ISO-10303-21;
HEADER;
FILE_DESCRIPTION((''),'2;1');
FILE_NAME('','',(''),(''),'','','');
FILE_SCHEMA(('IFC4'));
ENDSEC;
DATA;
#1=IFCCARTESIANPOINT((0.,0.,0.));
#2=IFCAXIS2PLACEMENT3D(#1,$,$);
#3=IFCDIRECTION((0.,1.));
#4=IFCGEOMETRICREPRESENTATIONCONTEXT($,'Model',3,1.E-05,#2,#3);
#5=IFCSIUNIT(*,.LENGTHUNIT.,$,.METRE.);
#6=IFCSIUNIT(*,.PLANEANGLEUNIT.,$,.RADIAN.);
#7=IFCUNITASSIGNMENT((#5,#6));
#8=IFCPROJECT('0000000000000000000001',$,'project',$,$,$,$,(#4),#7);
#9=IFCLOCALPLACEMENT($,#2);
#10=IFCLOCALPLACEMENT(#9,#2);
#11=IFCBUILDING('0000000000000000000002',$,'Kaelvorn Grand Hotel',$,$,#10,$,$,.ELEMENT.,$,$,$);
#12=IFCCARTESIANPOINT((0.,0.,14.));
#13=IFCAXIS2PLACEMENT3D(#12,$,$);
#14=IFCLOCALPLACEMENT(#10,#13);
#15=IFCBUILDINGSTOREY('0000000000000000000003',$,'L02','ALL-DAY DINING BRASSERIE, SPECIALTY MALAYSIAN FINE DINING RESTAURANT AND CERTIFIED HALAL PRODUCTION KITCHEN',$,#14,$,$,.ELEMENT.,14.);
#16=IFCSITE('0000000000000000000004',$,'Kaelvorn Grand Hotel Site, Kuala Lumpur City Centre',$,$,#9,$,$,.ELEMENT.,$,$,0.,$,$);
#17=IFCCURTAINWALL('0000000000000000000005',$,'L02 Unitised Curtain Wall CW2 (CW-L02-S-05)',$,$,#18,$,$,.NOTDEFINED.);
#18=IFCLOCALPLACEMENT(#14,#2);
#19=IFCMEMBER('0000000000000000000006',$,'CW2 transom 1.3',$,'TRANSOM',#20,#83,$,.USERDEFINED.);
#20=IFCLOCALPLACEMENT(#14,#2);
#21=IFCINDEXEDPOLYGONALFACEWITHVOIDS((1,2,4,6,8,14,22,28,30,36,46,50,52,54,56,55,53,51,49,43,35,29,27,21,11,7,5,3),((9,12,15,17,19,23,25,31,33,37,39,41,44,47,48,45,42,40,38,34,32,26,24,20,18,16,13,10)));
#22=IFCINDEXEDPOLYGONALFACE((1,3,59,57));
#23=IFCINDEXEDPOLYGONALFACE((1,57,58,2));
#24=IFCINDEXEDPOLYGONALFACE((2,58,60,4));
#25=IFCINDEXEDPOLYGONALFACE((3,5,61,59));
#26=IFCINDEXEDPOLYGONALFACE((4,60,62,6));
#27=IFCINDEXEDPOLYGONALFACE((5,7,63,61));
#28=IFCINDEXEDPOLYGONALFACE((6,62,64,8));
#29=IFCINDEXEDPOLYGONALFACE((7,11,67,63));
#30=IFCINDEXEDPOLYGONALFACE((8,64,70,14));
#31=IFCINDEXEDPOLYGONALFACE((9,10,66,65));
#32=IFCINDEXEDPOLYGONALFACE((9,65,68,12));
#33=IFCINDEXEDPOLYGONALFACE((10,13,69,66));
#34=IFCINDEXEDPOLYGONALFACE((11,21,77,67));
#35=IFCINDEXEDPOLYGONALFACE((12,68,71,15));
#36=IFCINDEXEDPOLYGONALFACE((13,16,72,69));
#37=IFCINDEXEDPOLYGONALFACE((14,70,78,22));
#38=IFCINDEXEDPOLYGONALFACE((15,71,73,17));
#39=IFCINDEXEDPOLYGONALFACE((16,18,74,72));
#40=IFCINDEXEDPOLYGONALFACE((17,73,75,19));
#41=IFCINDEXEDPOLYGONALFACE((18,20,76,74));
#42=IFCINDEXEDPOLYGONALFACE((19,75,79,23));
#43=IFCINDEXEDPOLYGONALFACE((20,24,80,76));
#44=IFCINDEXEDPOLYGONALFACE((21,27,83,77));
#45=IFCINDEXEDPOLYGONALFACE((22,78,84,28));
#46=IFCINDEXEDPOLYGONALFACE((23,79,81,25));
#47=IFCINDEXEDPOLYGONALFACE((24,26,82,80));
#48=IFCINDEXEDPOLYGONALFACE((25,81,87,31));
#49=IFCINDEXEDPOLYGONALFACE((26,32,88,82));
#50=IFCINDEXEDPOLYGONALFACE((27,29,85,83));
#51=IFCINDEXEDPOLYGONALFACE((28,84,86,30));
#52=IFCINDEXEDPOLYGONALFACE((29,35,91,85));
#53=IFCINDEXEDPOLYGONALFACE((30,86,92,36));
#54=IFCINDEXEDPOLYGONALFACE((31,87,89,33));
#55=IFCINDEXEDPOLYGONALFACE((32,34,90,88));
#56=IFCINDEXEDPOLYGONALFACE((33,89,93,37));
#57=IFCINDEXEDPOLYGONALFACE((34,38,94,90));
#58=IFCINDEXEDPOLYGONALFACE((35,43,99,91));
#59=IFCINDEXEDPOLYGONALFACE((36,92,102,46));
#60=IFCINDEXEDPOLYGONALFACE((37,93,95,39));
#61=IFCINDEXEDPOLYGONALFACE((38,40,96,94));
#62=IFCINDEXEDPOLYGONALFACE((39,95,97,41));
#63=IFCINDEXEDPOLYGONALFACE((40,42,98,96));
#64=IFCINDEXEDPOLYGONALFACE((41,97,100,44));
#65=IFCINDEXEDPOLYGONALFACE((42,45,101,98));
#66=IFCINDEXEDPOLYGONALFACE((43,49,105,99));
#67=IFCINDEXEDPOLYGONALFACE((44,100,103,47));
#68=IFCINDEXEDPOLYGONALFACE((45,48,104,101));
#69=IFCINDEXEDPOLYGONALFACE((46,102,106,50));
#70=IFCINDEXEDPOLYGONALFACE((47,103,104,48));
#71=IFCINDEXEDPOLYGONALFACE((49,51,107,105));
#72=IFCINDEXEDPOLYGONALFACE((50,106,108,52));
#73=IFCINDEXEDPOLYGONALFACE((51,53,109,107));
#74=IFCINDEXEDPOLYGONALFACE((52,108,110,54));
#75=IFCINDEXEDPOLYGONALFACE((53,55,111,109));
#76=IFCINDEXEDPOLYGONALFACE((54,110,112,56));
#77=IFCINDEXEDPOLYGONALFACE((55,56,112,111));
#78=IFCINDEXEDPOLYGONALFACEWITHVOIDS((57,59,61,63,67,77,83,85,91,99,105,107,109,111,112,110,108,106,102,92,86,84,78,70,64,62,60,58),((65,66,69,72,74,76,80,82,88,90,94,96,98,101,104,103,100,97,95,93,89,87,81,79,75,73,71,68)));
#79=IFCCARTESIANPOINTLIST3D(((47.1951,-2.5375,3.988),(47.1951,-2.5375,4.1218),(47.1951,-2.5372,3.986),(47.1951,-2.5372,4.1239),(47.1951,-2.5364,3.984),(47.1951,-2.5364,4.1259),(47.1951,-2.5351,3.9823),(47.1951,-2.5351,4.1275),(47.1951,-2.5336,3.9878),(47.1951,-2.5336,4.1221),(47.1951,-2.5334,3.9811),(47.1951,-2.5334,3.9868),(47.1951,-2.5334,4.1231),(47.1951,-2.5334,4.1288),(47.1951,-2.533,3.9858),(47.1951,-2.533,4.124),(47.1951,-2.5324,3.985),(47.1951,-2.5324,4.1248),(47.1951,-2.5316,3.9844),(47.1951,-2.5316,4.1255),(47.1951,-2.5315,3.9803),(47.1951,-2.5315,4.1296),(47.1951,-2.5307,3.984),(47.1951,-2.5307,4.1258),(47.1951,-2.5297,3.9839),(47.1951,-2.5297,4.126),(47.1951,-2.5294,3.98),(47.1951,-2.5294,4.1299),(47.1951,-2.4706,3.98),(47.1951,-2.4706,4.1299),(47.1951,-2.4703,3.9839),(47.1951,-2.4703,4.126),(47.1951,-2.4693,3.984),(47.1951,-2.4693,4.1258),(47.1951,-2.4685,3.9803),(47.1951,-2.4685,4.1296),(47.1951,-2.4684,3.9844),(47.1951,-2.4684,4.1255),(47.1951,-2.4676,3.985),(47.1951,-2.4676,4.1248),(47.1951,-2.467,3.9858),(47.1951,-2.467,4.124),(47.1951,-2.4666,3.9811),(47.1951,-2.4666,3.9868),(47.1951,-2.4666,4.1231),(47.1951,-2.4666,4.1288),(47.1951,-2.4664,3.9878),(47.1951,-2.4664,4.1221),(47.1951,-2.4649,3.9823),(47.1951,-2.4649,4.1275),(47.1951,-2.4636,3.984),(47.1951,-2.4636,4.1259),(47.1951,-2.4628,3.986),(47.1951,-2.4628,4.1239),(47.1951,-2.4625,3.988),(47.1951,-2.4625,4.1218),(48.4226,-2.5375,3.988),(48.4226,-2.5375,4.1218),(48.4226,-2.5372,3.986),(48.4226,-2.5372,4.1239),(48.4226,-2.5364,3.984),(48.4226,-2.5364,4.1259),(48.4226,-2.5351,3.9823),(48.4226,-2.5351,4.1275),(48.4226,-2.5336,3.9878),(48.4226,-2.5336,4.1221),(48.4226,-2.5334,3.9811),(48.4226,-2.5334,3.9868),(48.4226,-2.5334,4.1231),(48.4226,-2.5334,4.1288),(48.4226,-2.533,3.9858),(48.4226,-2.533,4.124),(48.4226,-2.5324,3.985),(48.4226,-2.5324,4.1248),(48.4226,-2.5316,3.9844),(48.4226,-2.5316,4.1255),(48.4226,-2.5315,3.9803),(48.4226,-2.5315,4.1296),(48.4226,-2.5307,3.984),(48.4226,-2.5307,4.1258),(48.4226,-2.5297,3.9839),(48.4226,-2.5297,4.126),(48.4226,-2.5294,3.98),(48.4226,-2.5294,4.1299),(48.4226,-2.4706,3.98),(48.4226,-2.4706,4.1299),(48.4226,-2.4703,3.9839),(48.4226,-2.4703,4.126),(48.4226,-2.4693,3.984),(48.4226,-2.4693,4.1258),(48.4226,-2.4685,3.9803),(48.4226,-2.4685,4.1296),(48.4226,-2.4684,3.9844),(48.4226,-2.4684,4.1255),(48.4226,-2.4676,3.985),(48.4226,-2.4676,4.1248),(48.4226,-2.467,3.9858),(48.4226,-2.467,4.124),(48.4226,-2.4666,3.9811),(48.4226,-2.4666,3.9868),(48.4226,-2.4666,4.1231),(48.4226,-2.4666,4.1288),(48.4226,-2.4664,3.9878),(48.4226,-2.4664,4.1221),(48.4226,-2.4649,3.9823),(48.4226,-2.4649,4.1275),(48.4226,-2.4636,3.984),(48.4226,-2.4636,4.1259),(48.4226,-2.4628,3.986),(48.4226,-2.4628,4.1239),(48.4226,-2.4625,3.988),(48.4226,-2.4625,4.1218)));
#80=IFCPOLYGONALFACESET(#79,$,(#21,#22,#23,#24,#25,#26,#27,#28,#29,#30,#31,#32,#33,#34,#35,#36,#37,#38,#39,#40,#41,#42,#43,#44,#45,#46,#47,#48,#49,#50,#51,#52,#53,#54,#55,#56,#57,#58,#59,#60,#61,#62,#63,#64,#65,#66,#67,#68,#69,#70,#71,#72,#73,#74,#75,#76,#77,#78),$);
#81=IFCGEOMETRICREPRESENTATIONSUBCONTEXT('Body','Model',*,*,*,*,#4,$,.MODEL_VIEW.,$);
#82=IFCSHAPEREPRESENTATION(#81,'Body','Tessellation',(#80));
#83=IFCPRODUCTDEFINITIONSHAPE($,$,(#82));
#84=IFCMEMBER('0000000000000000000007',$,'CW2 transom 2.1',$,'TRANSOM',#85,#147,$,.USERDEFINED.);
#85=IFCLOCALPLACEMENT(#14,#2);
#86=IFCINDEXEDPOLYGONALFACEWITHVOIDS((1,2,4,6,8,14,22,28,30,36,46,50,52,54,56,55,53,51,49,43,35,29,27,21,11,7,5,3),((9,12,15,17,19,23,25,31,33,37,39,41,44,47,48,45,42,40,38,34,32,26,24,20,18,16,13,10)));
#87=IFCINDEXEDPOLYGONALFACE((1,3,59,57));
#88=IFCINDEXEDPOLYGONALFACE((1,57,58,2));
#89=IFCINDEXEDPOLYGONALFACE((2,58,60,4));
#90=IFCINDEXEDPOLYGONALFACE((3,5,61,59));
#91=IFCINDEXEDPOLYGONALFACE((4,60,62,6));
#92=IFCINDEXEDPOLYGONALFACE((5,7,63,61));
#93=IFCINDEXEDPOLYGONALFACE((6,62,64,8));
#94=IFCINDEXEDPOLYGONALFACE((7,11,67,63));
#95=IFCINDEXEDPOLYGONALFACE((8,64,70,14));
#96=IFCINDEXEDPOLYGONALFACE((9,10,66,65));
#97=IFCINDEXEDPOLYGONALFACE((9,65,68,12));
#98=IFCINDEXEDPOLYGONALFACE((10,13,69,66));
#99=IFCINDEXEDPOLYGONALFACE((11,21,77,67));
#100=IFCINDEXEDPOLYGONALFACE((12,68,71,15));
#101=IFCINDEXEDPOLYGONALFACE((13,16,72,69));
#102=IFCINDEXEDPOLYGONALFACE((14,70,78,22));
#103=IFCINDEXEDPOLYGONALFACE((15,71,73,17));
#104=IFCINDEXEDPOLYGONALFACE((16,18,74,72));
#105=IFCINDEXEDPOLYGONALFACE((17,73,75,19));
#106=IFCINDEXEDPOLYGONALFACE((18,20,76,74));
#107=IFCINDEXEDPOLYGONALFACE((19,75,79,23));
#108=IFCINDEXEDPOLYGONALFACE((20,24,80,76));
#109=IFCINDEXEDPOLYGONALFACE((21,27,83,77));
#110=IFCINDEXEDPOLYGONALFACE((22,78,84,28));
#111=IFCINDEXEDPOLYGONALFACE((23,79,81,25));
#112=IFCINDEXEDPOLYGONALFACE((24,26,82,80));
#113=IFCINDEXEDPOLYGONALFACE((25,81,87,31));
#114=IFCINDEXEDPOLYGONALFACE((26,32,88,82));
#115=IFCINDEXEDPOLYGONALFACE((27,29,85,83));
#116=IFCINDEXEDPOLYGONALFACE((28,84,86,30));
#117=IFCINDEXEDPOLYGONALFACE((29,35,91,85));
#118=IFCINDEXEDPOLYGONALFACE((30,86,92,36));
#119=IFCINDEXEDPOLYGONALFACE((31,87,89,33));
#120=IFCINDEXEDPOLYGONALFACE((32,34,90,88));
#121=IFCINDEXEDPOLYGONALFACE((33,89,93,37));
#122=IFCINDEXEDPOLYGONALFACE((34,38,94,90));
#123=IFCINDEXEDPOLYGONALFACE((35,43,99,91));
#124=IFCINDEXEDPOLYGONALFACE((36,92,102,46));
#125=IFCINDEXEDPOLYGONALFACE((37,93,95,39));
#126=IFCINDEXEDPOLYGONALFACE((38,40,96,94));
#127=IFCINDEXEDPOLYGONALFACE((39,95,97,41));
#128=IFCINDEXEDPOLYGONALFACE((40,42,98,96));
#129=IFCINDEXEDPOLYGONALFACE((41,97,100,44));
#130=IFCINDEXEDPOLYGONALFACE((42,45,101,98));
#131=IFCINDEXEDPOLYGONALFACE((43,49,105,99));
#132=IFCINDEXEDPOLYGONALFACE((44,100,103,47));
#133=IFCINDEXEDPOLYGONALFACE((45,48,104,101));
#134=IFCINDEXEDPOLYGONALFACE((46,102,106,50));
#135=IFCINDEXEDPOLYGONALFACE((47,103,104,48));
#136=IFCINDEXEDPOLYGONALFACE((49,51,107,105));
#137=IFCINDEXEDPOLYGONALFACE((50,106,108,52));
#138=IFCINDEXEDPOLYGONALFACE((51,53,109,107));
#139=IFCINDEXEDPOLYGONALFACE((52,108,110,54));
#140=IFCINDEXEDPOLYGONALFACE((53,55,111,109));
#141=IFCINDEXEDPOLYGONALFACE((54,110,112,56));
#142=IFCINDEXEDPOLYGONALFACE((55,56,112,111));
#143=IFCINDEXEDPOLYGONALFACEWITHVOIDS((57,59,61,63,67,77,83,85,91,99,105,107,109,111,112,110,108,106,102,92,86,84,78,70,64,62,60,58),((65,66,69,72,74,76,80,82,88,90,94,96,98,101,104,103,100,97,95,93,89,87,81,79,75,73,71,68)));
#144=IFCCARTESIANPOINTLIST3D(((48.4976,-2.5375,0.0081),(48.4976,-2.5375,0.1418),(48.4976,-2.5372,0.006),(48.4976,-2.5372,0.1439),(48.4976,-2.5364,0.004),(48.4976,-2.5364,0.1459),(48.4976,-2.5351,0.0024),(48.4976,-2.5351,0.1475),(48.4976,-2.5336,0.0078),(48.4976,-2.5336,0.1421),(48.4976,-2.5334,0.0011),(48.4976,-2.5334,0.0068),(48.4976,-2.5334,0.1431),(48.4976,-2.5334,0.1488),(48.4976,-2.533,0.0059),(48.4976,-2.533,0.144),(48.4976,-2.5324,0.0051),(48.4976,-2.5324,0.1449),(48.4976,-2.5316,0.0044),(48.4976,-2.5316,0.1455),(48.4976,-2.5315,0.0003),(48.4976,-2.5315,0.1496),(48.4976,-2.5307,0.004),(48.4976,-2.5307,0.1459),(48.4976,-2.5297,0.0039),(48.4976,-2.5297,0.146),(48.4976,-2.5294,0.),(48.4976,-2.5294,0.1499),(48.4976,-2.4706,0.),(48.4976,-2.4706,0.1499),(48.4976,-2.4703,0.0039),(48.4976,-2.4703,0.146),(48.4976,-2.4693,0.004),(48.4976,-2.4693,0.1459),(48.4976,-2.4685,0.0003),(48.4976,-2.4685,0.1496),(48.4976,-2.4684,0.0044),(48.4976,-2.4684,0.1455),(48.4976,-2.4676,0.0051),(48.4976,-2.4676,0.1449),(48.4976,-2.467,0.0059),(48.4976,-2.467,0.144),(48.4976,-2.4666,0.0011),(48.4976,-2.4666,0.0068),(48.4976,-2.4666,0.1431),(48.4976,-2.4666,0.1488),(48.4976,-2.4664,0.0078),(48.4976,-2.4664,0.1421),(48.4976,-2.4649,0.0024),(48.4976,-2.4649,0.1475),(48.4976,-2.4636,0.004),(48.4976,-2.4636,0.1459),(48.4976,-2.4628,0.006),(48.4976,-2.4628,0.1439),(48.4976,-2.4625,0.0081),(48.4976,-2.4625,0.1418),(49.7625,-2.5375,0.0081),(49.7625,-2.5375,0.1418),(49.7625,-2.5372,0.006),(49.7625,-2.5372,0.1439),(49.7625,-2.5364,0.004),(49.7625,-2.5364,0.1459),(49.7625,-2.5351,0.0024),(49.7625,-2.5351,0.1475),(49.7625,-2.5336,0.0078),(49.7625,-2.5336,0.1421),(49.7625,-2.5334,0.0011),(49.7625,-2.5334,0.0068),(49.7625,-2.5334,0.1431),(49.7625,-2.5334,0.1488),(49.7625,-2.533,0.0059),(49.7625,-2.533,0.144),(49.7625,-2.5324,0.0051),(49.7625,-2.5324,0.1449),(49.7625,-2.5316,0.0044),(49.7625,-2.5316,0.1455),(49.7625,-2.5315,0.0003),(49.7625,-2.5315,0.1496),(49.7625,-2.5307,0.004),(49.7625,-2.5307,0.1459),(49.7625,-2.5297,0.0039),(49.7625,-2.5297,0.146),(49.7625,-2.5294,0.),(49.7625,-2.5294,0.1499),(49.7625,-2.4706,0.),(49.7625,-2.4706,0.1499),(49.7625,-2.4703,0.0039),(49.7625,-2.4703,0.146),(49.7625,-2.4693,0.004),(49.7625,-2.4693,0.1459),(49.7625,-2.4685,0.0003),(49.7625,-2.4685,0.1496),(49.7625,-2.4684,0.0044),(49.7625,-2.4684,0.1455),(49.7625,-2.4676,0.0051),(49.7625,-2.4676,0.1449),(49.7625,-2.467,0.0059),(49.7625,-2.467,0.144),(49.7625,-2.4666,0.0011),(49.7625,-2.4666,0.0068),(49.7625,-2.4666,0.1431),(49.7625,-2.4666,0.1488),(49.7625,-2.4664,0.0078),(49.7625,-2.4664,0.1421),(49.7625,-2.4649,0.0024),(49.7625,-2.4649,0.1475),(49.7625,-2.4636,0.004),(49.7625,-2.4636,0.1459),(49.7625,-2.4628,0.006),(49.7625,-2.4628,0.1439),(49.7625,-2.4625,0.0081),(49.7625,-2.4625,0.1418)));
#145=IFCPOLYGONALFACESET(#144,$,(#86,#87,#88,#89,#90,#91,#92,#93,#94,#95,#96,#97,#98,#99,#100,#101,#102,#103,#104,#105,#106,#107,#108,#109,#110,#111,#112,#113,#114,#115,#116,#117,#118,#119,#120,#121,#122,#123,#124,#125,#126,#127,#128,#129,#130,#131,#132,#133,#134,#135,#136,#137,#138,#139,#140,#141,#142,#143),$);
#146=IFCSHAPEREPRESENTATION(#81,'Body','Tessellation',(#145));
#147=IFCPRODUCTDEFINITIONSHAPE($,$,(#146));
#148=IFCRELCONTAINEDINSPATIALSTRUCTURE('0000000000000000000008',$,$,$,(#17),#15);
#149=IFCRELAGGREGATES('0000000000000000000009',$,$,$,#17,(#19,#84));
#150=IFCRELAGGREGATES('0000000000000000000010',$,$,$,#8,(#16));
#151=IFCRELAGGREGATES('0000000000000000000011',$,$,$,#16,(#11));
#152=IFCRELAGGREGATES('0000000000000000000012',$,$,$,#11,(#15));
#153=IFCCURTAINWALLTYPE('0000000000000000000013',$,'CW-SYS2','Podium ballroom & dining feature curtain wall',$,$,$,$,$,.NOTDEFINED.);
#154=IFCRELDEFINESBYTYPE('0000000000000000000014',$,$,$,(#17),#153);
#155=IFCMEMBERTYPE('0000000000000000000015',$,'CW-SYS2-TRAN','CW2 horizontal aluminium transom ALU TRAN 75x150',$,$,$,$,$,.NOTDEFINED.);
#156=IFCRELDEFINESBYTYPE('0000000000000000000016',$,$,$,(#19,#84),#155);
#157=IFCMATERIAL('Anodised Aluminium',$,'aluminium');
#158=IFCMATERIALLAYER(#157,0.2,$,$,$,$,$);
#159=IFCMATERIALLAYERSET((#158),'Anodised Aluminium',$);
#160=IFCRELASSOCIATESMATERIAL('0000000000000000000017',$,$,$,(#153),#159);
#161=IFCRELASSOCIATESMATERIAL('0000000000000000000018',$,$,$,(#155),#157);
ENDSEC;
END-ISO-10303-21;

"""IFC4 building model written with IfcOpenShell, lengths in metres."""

from ifc_helpers import new_model, si_unit, direction, frame, origin, origin_2d, place, context, subcontext, project, spatial, hollow_rectangle, extrude, material, layer, layer_set, material_profile, profile_set, type_object, element, aggregate, save


model = new_model("IFC4")

# Units and contexts
model_context = context("Model", 3, precision=1e-05, world=origin(), true_north=direction((0.0, 1.0)))
body_context = subcontext(model_context, "Body", "Model", "MODEL_VIEW")
ifc_project = project(units=[si_unit("LENGTHUNIT", "METRE"), si_unit("PLANEANGLEUNIT", "RADIAN")], contexts=[model_context])

# Site, building, storey
site_placement = place(None, origin())
site = spatial("IfcSite", under=ifc_project, at=site_placement, Name="Kaelvorn Grand Hotel Site, Kuala Lumpur City Centre", CompositionType="ELEMENT", RefElevation=0.0)
building_placement = place(site_placement, origin())
building = spatial("IfcBuilding", under=site, at=building_placement, Name="Kaelvorn Grand Hotel", CompositionType="ELEMENT")
storey_placement = place(building_placement, frame((0.0, 0.0, 14.0)))
storey = spatial("IfcBuildingStorey", under=building, at=storey_placement, Name="L02", Description="ALL-DAY DINING BRASSERIE, SPECIALTY MALAYSIAN FINE DINING RESTAURANT AND CERTIFIED HALAL PRODUCTION KITCHEN", CompositionType="ELEMENT", Elevation=14.0)

# Curtain wall
ifc_material_1 = material(Name="Anodised Aluminium", Category="aluminium")
ifc_layer_1 = layer(ifc_material_1, 0.2)
ifc_layer_set_1 = layer_set([ifc_layer_1], Name="Anodised Aluminium")
curtain_wall_type = type_object("IfcCurtainWallType", Name="CW-SYS2", Description="Podium ballroom & dining feature curtain wall", PredefinedType="NOTDEFINED", material=ifc_layer_set_1)
curtain_wall_1_placement = place(storey_placement, origin())
curtain_wall_1 = element("IfcCurtainWall", 1, at=curtain_wall_1_placement, inside=storey, type_object=curtain_wall_type, Name="L02 Unitised Curtain Wall CW2 (CW-L02-S-05)", PredefinedType="NOTDEFINED")

# Members
ifc_material_profile_1 = material_profile(ifc_material_1, hollow_rectangle(XDim=0.075, YDim=0.1499, WallThickness=0.0039, InnerFilletRadius=0.0039, OuterFilletRadius=0.0081, at=origin_2d()), Name="ALU TRAN 75x150")
ifc_profile_set_1 = profile_set([ifc_material_profile_1], Name="Anodised Aluminium")
member_type_1 = type_object("IfcMemberType", Name="CW-SYS2-TRAN", Description="CW2 horizontal aluminium transom ALU TRAN 75x150", PredefinedType="NOTDEFINED", material=ifc_profile_set_1)
member_1_placement = place(storey_placement, frame((47.1951, -2.5, 4.0549), z_axis=(1.0, 0.0, 0.0), x_axis=(0.0, 1.0, 0.0)))
member_1 = element("IfcMember", 2, at=member_1_placement, type_object=member_type_1, Name="CW2 transom 1.3", ObjectType="TRANSOM", PredefinedType="USERDEFINED", context=body_context, shape_type="SweptSolid", body=[
    extrude(hollow_rectangle(XDim=0.075, YDim=0.1499, WallThickness=0.0039, InnerFilletRadius=0.0039, OuterFilletRadius=0.0081, at=origin_2d()), origin(), (0.0, 0.0, 1.0), 1.2275),
])
member_2_placement = place(storey_placement, frame((48.4976, -2.5, 0.075), z_axis=(1.0, 0.0, 0.0), x_axis=(0.0, 1.0, 0.0)))
member_2 = element("IfcMember", 3, at=member_2_placement, type_object=member_type_1, Name="CW2 transom 2.1", ObjectType="TRANSOM", PredefinedType="USERDEFINED", context=body_context, shape_type="SweptSolid", body=[
    extrude(hollow_rectangle(XDim=0.075, YDim=0.1499, WallThickness=0.0039, InnerFilletRadius=0.0039, OuterFilletRadius=0.0081, at=origin_2d()), origin(), (0.0, 0.0, 1.0), 1.2649),
])

aggregate(curtain_wall_1, [member_1, member_2])

save(model, "model.ifc")
